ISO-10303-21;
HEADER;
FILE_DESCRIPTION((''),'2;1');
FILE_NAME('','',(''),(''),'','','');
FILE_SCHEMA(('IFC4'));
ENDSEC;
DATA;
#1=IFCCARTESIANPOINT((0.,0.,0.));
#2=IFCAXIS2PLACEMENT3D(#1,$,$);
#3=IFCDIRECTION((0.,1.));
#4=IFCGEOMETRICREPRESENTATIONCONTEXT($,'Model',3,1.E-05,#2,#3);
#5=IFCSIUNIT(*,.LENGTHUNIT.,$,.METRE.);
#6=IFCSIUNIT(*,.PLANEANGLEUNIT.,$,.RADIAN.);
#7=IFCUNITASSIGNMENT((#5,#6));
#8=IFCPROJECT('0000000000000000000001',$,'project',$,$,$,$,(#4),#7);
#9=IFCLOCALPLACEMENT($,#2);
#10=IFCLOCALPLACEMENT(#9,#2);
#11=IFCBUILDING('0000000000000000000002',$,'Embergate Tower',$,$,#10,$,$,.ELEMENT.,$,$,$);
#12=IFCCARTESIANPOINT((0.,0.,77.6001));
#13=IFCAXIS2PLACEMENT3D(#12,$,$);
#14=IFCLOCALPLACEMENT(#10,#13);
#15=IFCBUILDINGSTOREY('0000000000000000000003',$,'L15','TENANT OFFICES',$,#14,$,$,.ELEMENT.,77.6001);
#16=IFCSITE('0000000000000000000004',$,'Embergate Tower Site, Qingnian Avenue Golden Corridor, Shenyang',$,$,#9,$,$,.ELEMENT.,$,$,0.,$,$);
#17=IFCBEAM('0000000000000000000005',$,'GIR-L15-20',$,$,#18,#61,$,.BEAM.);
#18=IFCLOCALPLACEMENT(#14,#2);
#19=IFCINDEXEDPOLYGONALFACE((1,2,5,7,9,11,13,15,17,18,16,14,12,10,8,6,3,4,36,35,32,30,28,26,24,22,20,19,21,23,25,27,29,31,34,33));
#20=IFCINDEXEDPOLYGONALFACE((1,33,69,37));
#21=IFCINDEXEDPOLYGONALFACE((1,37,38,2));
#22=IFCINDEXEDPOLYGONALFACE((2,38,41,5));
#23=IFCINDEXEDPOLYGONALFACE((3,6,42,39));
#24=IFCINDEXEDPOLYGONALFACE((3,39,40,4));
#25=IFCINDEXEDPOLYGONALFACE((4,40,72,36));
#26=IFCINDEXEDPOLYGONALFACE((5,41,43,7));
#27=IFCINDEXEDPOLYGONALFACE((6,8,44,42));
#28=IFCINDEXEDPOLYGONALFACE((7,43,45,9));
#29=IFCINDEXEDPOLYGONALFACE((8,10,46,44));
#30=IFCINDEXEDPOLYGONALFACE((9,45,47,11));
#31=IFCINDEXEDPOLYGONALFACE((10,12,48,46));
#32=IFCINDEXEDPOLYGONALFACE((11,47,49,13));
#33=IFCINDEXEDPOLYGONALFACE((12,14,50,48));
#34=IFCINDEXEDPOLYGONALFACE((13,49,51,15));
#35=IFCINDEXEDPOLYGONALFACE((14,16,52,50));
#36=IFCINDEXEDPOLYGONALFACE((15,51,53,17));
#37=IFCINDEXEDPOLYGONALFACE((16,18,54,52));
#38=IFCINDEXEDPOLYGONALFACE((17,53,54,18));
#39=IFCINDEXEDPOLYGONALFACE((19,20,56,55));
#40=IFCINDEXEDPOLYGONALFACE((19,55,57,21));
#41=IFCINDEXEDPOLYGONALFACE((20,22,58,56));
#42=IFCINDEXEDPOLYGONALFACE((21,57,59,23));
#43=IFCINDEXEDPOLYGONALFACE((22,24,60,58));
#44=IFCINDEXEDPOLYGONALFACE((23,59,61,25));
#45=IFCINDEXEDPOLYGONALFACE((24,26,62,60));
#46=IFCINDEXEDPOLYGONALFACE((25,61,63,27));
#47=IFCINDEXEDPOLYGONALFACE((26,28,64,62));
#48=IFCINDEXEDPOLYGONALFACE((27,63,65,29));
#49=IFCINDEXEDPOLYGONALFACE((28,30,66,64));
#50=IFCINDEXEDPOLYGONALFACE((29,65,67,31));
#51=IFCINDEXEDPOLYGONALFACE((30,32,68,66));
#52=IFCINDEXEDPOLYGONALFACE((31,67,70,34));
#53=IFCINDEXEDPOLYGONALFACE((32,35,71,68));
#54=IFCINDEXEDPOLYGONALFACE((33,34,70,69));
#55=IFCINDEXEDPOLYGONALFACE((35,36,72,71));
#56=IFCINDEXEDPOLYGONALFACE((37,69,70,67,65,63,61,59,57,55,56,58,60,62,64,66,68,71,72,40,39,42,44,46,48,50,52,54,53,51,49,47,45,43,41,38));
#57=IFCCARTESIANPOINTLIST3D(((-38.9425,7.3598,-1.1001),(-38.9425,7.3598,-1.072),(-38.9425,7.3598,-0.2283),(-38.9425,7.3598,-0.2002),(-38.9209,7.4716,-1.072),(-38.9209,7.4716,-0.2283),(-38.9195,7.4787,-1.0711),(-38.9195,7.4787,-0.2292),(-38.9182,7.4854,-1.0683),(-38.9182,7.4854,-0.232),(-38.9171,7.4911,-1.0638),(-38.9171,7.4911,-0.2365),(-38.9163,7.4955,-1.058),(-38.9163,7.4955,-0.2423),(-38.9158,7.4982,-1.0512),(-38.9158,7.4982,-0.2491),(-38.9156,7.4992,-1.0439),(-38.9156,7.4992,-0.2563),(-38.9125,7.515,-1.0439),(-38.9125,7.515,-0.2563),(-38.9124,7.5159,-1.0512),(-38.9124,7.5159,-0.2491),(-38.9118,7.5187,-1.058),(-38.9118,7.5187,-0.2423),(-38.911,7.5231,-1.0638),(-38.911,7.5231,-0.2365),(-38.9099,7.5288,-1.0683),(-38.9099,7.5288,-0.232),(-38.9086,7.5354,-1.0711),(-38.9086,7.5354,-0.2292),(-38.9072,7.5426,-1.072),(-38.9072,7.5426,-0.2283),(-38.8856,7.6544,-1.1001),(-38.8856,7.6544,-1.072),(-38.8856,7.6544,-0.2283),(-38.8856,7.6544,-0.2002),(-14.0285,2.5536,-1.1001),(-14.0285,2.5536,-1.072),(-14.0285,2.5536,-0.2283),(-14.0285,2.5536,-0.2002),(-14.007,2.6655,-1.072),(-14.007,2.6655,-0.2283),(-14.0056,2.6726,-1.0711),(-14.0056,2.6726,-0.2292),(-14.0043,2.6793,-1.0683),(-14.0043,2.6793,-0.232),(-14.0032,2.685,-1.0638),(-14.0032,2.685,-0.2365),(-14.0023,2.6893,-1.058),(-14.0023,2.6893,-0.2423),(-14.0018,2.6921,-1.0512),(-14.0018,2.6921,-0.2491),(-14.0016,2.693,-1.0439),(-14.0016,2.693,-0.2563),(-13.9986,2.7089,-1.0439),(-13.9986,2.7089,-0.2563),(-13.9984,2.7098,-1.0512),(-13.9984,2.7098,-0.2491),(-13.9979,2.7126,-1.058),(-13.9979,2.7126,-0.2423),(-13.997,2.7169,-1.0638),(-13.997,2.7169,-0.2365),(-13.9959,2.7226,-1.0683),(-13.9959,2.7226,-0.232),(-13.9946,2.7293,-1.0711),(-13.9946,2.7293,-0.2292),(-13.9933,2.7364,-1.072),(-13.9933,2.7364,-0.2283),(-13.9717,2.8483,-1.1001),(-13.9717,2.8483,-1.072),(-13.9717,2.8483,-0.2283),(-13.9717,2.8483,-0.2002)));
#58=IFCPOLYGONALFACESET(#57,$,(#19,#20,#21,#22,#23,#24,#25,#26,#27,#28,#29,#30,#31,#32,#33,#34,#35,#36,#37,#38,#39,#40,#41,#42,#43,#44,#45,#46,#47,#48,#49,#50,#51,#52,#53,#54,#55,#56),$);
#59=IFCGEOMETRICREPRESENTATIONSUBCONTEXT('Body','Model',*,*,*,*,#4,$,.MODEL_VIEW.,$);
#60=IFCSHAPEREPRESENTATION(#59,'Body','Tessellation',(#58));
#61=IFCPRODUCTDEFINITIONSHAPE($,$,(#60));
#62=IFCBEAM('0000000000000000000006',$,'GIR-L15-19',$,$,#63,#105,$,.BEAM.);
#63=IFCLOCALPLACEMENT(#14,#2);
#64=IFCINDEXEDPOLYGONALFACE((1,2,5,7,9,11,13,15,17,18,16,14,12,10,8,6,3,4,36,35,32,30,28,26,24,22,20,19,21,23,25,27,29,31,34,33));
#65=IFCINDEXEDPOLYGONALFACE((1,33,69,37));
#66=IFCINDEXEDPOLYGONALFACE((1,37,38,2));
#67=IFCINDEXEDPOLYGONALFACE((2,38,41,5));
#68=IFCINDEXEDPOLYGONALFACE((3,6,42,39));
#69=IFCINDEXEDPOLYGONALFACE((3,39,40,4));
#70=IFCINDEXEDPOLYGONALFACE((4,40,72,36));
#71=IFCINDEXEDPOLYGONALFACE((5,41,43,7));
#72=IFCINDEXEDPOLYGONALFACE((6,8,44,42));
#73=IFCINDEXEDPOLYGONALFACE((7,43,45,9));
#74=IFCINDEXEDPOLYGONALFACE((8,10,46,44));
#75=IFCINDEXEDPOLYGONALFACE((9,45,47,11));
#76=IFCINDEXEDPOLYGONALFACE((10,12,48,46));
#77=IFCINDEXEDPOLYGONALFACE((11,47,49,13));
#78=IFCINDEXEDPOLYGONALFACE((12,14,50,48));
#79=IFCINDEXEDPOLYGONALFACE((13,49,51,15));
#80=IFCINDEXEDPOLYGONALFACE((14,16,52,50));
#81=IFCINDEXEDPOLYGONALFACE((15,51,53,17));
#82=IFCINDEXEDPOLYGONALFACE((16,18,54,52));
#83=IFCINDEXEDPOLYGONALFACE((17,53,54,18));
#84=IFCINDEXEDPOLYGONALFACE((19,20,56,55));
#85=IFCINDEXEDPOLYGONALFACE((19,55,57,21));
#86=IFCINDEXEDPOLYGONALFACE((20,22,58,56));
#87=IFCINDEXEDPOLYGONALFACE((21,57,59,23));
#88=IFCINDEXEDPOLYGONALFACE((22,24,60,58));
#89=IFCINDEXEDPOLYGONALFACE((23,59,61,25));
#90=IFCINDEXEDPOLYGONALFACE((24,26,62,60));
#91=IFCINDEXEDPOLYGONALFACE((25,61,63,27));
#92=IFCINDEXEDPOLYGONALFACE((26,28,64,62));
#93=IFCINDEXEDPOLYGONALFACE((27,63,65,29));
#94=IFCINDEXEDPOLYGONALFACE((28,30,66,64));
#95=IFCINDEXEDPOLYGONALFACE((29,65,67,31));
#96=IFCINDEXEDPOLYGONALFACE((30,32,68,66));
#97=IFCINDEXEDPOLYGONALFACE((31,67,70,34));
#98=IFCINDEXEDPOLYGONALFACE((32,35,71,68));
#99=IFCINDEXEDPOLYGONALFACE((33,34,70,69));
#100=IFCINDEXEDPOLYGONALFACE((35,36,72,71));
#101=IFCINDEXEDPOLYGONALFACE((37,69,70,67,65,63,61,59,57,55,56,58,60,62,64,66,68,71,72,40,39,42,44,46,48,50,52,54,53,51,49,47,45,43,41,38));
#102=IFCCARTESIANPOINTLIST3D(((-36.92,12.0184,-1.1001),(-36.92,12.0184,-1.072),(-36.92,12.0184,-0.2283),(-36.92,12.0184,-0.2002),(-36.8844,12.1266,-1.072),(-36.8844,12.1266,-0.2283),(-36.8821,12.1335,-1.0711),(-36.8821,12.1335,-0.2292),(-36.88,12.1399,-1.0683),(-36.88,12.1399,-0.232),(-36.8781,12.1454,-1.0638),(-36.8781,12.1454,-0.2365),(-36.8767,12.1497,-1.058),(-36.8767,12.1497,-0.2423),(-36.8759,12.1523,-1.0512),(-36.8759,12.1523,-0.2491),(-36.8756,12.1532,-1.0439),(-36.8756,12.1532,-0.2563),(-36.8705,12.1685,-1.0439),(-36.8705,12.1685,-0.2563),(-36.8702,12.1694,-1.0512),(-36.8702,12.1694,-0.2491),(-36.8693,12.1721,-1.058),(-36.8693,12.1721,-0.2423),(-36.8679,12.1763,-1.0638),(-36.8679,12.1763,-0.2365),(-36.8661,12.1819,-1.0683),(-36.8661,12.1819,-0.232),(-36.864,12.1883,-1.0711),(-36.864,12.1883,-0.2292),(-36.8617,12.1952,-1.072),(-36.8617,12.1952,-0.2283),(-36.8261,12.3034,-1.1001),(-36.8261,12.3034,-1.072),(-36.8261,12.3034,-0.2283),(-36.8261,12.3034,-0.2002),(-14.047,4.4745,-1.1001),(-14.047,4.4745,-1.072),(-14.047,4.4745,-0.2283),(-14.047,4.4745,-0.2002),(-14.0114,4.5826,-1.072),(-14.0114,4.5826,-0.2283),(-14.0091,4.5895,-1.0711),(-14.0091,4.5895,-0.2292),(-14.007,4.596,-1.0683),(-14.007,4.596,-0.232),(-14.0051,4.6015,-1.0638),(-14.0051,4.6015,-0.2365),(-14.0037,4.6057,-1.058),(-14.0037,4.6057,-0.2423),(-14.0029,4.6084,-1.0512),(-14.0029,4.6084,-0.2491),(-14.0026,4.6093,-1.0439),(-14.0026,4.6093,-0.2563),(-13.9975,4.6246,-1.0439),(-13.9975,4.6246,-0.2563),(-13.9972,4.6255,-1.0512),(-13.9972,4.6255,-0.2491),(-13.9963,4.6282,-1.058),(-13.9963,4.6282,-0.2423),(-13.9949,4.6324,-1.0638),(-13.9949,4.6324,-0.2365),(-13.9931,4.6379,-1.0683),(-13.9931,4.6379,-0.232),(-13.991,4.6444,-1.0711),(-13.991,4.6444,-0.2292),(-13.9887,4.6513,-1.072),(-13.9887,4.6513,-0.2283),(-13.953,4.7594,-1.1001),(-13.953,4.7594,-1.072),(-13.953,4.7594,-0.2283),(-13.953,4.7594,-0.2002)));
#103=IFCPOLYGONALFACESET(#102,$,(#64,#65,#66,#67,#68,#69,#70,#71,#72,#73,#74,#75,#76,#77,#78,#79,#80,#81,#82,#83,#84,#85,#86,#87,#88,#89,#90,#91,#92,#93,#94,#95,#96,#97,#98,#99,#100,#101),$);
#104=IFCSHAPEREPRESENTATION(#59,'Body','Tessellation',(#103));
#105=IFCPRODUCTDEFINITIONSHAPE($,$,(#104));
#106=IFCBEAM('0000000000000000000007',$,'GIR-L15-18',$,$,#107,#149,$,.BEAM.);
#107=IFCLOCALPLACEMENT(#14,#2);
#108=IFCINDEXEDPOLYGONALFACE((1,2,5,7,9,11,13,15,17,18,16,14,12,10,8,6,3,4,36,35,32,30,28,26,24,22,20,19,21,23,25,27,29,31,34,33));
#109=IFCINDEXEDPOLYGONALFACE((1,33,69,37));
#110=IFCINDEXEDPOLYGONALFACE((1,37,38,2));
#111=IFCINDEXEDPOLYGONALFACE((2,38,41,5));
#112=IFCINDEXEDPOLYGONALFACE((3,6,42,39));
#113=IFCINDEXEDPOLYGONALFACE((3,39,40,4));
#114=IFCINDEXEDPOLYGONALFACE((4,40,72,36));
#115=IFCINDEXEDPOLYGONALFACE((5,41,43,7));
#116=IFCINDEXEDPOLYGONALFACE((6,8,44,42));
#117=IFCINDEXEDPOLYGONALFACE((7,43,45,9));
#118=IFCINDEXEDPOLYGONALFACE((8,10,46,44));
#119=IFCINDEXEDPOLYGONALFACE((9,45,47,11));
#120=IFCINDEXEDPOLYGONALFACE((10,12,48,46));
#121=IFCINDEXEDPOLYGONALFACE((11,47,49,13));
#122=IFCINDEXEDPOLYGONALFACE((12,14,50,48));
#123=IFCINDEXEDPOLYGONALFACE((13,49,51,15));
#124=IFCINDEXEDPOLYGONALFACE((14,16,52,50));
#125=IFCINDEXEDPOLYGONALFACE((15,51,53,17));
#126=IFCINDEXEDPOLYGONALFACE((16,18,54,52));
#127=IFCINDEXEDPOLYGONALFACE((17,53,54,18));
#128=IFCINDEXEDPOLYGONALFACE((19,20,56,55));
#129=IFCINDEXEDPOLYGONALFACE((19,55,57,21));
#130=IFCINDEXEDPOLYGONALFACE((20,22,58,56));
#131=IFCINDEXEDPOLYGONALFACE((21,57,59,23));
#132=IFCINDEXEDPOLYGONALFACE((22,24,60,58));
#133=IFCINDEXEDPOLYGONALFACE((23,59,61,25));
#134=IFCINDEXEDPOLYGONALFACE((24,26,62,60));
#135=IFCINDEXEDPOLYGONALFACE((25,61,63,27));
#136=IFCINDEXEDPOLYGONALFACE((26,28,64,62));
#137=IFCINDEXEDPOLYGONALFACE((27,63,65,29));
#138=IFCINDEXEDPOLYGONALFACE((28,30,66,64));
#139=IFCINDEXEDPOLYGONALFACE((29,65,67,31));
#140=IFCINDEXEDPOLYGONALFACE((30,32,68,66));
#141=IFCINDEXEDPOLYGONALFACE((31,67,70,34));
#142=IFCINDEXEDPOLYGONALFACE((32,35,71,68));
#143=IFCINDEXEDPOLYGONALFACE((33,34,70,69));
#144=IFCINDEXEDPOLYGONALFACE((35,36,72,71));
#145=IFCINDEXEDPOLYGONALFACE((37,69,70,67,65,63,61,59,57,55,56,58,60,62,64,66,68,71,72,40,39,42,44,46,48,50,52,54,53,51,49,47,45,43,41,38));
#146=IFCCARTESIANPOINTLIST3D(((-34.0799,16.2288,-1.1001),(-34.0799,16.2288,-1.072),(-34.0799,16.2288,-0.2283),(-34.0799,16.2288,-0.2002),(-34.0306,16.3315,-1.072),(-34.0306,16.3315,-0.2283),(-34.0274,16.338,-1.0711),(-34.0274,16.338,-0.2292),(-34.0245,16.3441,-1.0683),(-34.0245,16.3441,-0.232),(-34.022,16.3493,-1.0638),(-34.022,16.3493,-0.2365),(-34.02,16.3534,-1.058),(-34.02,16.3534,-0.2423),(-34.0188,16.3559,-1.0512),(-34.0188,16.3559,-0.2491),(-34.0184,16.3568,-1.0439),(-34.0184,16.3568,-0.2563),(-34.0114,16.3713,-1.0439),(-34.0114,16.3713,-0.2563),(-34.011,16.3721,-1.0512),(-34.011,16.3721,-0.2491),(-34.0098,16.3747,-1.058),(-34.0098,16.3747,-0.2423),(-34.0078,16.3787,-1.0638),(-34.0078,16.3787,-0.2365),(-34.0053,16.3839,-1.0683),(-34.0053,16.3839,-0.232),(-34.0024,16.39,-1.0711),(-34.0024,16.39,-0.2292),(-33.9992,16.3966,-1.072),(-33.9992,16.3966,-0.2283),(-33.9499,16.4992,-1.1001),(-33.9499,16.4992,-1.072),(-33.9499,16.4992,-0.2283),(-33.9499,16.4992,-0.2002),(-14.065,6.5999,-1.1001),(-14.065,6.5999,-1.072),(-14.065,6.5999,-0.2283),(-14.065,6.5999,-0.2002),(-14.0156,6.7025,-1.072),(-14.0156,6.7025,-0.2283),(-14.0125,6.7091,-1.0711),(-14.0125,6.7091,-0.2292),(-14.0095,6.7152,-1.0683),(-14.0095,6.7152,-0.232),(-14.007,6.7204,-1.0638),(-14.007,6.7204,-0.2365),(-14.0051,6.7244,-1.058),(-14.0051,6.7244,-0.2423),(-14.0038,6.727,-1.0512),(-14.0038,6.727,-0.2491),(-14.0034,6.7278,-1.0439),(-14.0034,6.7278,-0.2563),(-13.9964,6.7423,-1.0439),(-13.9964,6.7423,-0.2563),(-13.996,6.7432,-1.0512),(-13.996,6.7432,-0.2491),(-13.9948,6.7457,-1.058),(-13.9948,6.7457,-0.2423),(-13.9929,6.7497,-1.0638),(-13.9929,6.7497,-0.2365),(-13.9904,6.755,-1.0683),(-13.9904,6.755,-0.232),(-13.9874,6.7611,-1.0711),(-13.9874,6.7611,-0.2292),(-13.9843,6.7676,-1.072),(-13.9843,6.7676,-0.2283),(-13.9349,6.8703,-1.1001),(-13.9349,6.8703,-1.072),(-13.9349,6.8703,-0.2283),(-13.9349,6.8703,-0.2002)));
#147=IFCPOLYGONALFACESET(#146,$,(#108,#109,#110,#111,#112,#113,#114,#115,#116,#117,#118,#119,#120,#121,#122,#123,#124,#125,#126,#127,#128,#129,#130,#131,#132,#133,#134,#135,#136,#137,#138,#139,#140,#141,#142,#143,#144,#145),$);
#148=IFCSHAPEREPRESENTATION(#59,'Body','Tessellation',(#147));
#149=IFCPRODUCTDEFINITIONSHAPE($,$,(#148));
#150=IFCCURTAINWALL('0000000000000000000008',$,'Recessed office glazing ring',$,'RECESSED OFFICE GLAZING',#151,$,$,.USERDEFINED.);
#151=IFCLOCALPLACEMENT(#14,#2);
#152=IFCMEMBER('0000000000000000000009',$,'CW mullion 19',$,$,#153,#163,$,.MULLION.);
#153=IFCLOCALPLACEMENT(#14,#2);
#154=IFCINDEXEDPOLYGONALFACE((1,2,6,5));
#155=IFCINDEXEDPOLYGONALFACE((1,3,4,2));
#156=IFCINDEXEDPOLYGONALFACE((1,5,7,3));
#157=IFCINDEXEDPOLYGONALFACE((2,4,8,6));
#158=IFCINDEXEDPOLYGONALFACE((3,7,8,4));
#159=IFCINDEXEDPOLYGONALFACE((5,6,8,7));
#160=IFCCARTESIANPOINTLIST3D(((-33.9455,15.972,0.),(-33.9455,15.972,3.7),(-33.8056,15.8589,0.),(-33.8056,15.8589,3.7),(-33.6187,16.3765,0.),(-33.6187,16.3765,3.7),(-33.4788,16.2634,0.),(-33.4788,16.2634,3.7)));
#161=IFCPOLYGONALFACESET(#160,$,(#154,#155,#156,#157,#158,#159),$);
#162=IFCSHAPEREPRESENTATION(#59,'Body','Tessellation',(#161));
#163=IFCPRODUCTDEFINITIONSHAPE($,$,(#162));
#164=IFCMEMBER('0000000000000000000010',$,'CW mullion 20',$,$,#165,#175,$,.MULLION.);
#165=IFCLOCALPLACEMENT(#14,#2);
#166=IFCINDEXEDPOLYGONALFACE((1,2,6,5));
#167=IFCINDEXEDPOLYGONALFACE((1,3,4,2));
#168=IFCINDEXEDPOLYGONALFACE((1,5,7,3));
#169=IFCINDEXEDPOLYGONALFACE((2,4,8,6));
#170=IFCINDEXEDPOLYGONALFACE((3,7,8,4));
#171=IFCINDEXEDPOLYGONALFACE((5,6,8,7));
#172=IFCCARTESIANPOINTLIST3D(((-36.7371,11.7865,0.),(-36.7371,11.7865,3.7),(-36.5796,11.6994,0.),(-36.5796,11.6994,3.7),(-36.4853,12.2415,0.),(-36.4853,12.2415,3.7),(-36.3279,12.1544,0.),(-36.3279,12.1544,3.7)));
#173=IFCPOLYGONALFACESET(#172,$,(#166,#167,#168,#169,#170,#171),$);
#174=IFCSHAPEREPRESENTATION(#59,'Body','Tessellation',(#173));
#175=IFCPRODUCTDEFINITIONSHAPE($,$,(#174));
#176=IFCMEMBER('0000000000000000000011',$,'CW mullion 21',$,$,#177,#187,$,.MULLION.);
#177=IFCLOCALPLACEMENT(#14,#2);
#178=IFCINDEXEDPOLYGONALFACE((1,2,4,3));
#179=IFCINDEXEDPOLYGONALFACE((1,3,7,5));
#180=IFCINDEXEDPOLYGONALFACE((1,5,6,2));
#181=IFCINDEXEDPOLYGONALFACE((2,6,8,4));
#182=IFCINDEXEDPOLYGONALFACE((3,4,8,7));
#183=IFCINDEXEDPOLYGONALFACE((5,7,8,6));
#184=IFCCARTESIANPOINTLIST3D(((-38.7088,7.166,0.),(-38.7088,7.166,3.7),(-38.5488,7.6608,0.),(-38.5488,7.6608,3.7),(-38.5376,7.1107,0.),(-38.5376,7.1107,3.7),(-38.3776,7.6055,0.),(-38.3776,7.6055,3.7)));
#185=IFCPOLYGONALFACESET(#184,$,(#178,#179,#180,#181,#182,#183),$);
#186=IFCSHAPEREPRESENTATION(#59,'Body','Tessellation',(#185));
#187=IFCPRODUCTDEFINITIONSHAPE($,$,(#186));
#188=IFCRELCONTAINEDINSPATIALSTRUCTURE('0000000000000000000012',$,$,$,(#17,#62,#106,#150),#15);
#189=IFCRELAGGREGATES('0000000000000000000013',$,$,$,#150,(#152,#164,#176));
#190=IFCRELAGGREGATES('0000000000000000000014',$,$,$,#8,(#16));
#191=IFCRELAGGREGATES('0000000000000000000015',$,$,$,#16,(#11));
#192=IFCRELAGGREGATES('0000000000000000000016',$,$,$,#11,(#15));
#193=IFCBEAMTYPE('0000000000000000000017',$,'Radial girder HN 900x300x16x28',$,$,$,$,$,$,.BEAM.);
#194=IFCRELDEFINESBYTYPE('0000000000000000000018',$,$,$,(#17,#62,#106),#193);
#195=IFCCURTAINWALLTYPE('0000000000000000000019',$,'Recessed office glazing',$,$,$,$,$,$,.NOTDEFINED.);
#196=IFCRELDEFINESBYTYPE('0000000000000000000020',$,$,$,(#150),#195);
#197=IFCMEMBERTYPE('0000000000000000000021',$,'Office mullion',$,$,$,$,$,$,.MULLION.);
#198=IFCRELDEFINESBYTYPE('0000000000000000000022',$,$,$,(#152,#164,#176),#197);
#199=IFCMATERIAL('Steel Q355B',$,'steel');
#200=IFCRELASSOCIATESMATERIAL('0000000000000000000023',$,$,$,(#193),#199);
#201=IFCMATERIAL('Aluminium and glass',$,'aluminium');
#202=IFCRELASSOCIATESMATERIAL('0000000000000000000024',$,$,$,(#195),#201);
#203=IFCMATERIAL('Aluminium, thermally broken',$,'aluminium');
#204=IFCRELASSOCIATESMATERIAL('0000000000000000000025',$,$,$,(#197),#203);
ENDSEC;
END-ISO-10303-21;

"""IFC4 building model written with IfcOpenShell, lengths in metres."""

from ifc_helpers import new_model, si_unit, direction, frame, origin, origin_2d, place, context, subcontext, project, spatial, rectangle, i_section, extrude, source, transform, mapped, material, material_profile, profile_set, type_object, element, aggregate, save


model = new_model("IFC4")

# Units and contexts
model_context = context("Model", 3, precision=1e-05, world=origin(), true_north=direction((0.0, 1.0)))
body_context = subcontext(model_context, "Body", "Model", "MODEL_VIEW")
ifc_project = project(units=[si_unit("LENGTHUNIT", "METRE"), si_unit("PLANEANGLEUNIT", "RADIAN")], contexts=[model_context])

# Site, building, storey
site_placement = place(None, origin())
site = spatial("IfcSite", under=ifc_project, at=site_placement, Name="Embergate Tower Site, Qingnian Avenue Golden Corridor, Shenyang", CompositionType="ELEMENT", RefElevation=0.0)
building_placement = place(site_placement, origin())
building = spatial("IfcBuilding", under=site, at=building_placement, Name="Embergate Tower", CompositionType="ELEMENT")
storey_placement = place(building_placement, frame((0.0, 0.0, 77.6001)))
storey = spatial("IfcBuildingStorey", under=building, at=storey_placement, Name="L15", Description="TENANT OFFICES", CompositionType="ELEMENT", Elevation=77.6001)

# Beams
ifc_material_1 = material(Name="Steel Q355B", Category="steel")
ifc_material_profile_1 = material_profile(ifc_material_1, i_section(OverallWidth=0.3, OverallDepth=0.8999, WebThickness=0.0161, FlangeThickness=0.0281, FilletRadius=0.0281, at=origin_2d()), Name="HN 900x300x16x28")
ifc_profile_set_1 = profile_set([ifc_material_profile_1], Name="Steel Q355 grade B")
beam_type_1 = type_object("IfcBeamType", Name="Radial girder HN 900x300x16x28", PredefinedType="BEAM", material=ifc_profile_set_1)
shared_shape_1 = source(origin(), body_context, "Body", "SweptSolid", [
    extrude(i_section(OverallWidth=0.3, OverallDepth=0.8999, WebThickness=0.0161, FlangeThickness=0.0281, FilletRadius=0.0281, at=origin_2d()), origin(), (0.0, 0.0, 1.0), 25.3733),
])
beam_1_placement = place(storey_placement, frame((-38.9141, 7.5071, -0.6501), z_axis=(0.981897, -0.189417, 0.0), x_axis=(0.189417, 0.981897, 0.0)))
element("IfcBeam", 1, at=beam_1_placement, inside=storey, type_object=beam_type_1, Name="GIR-L15-20", PredefinedType="BEAM", context=body_context, shape_type="MappedRepresentation", body=[
    mapped(shared_shape_1, transform((0.0, 0.0, 0.0))),
])
shared_shape_2 = source(origin(), body_context, "Body", "SweptSolid", [
    extrude(i_section(OverallWidth=0.3, OverallDepth=0.8999, WebThickness=0.0161, FlangeThickness=0.0281, FilletRadius=0.0281, at=origin_2d()), origin(), (0.0, 0.0, 1.0), 24.085),
])
beam_2_placement = place(storey_placement, frame((-36.873, 12.1609, -0.6501), z_axis=(0.94968, -0.313222, 0.0), x_axis=(0.313222, 0.94968, 0.0)))
element("IfcBeam", 2, at=beam_2_placement, inside=storey, type_object=beam_type_1, Name="GIR-L15-19", PredefinedType="BEAM", context=body_context, shape_type="MappedRepresentation", body=[
    mapped(shared_shape_2, transform((0.0, 0.0, 0.0))),
])
shared_shape_3 = source(origin(), body_context, "Body", "SweptSolid", [
    extrude(i_section(OverallWidth=0.3, OverallDepth=0.8999, WebThickness=0.0161, FlangeThickness=0.0281, FilletRadius=0.0281, at=origin_2d()), origin(), (0.0, 0.0, 1.0), 22.2107),
])
beam_3_placement = place(storey_placement, frame((-34.0149, 16.364, -0.6501), z_axis=(0.901141, -0.433527, 0.0), x_axis=(0.433527, 0.901141, 0.0)))
element("IfcBeam", 3, at=beam_3_placement, inside=storey, type_object=beam_type_1, Name="GIR-L15-18", PredefinedType="BEAM", context=body_context, shape_type="MappedRepresentation", body=[
    mapped(shared_shape_3, transform((0.0, 0.0, 0.0))),
])

# Curtain wall, members
ifc_material_2 = material(Name="Aluminium and glass", Category="aluminium")
curtain_wall_type = type_object("IfcCurtainWallType", Name="Recessed office glazing", PredefinedType="NOTDEFINED", material=ifc_material_2)
curtain_wall_placement = place(storey_placement, origin())
curtain_wall = element("IfcCurtainWall", 4, at=curtain_wall_placement, inside=storey, type_object=curtain_wall_type, Name="Recessed office glazing ring", ObjectType="RECESSED OFFICE GLAZING", PredefinedType="USERDEFINED")
ifc_material_3 = material(Name="Aluminium, thermally broken", Category="aluminium")
ifc_material_profile_2 = material_profile(ifc_material_3, rectangle(XDim=0.1799, YDim=0.52, at=origin_2d()), Name="AL 520x180")
ifc_profile_set_2 = profile_set([ifc_material_profile_2], Name="Aluminium, thermally broken")
member_type_1 = type_object("IfcMemberType", Name="Office mullion", PredefinedType="MULLION", material=ifc_profile_set_2)
shared_shape_4 = source(origin(), body_context, "Body", "SweptSolid", [
    extrude(rectangle(XDim=0.1799, YDim=0.52, at=origin_2d()), origin(), (0.0, 0.0, 1.0), 3.7),
])
member_1_placement = place(storey_placement, frame((-33.7122, 16.1177, 0.0), z_axis=(0.0, 0.0, 1.0), x_axis=(0.77788, -0.628413, 0.0)))
member_1 = element("IfcMember", 5, at=member_1_placement, type_object=member_type_1, Name="CW mullion 19", PredefinedType="MULLION", context=body_context, shape_type="MappedRepresentation", body=[
    mapped(shared_shape_4, transform((0.0, 0.0, 0.0))),
])
member_2_placement = place(storey_placement, frame((-36.5325, 11.9705, 0.0), z_axis=(0.0, 0.0, 1.0), x_axis=(0.875008, -0.484109, 0.0)))
member_2 = element("IfcMember", 6, at=member_2_placement, type_object=member_type_1, Name="CW mullion 20", PredefinedType="MULLION", context=body_context, shape_type="MappedRepresentation", body=[
    mapped(shared_shape_4, transform((0.0, 0.0, 0.0))),
])
member_3_placement = place(storey_placement, frame((-38.5432, 7.3857, 0.0), z_axis=(0.0, 0.0, 1.0), x_axis=(0.951501, -0.307646, 0.0)))
member_3 = element("IfcMember", 7, at=member_3_placement, type_object=member_type_1, Name="CW mullion 21", PredefinedType="MULLION", context=body_context, shape_type="MappedRepresentation", body=[
    mapped(shared_shape_4, transform((0.0, 0.0, 0.0))),
])
aggregate(curtain_wall, [member_1, member_2, member_3])

save(model, "model.ifc")
